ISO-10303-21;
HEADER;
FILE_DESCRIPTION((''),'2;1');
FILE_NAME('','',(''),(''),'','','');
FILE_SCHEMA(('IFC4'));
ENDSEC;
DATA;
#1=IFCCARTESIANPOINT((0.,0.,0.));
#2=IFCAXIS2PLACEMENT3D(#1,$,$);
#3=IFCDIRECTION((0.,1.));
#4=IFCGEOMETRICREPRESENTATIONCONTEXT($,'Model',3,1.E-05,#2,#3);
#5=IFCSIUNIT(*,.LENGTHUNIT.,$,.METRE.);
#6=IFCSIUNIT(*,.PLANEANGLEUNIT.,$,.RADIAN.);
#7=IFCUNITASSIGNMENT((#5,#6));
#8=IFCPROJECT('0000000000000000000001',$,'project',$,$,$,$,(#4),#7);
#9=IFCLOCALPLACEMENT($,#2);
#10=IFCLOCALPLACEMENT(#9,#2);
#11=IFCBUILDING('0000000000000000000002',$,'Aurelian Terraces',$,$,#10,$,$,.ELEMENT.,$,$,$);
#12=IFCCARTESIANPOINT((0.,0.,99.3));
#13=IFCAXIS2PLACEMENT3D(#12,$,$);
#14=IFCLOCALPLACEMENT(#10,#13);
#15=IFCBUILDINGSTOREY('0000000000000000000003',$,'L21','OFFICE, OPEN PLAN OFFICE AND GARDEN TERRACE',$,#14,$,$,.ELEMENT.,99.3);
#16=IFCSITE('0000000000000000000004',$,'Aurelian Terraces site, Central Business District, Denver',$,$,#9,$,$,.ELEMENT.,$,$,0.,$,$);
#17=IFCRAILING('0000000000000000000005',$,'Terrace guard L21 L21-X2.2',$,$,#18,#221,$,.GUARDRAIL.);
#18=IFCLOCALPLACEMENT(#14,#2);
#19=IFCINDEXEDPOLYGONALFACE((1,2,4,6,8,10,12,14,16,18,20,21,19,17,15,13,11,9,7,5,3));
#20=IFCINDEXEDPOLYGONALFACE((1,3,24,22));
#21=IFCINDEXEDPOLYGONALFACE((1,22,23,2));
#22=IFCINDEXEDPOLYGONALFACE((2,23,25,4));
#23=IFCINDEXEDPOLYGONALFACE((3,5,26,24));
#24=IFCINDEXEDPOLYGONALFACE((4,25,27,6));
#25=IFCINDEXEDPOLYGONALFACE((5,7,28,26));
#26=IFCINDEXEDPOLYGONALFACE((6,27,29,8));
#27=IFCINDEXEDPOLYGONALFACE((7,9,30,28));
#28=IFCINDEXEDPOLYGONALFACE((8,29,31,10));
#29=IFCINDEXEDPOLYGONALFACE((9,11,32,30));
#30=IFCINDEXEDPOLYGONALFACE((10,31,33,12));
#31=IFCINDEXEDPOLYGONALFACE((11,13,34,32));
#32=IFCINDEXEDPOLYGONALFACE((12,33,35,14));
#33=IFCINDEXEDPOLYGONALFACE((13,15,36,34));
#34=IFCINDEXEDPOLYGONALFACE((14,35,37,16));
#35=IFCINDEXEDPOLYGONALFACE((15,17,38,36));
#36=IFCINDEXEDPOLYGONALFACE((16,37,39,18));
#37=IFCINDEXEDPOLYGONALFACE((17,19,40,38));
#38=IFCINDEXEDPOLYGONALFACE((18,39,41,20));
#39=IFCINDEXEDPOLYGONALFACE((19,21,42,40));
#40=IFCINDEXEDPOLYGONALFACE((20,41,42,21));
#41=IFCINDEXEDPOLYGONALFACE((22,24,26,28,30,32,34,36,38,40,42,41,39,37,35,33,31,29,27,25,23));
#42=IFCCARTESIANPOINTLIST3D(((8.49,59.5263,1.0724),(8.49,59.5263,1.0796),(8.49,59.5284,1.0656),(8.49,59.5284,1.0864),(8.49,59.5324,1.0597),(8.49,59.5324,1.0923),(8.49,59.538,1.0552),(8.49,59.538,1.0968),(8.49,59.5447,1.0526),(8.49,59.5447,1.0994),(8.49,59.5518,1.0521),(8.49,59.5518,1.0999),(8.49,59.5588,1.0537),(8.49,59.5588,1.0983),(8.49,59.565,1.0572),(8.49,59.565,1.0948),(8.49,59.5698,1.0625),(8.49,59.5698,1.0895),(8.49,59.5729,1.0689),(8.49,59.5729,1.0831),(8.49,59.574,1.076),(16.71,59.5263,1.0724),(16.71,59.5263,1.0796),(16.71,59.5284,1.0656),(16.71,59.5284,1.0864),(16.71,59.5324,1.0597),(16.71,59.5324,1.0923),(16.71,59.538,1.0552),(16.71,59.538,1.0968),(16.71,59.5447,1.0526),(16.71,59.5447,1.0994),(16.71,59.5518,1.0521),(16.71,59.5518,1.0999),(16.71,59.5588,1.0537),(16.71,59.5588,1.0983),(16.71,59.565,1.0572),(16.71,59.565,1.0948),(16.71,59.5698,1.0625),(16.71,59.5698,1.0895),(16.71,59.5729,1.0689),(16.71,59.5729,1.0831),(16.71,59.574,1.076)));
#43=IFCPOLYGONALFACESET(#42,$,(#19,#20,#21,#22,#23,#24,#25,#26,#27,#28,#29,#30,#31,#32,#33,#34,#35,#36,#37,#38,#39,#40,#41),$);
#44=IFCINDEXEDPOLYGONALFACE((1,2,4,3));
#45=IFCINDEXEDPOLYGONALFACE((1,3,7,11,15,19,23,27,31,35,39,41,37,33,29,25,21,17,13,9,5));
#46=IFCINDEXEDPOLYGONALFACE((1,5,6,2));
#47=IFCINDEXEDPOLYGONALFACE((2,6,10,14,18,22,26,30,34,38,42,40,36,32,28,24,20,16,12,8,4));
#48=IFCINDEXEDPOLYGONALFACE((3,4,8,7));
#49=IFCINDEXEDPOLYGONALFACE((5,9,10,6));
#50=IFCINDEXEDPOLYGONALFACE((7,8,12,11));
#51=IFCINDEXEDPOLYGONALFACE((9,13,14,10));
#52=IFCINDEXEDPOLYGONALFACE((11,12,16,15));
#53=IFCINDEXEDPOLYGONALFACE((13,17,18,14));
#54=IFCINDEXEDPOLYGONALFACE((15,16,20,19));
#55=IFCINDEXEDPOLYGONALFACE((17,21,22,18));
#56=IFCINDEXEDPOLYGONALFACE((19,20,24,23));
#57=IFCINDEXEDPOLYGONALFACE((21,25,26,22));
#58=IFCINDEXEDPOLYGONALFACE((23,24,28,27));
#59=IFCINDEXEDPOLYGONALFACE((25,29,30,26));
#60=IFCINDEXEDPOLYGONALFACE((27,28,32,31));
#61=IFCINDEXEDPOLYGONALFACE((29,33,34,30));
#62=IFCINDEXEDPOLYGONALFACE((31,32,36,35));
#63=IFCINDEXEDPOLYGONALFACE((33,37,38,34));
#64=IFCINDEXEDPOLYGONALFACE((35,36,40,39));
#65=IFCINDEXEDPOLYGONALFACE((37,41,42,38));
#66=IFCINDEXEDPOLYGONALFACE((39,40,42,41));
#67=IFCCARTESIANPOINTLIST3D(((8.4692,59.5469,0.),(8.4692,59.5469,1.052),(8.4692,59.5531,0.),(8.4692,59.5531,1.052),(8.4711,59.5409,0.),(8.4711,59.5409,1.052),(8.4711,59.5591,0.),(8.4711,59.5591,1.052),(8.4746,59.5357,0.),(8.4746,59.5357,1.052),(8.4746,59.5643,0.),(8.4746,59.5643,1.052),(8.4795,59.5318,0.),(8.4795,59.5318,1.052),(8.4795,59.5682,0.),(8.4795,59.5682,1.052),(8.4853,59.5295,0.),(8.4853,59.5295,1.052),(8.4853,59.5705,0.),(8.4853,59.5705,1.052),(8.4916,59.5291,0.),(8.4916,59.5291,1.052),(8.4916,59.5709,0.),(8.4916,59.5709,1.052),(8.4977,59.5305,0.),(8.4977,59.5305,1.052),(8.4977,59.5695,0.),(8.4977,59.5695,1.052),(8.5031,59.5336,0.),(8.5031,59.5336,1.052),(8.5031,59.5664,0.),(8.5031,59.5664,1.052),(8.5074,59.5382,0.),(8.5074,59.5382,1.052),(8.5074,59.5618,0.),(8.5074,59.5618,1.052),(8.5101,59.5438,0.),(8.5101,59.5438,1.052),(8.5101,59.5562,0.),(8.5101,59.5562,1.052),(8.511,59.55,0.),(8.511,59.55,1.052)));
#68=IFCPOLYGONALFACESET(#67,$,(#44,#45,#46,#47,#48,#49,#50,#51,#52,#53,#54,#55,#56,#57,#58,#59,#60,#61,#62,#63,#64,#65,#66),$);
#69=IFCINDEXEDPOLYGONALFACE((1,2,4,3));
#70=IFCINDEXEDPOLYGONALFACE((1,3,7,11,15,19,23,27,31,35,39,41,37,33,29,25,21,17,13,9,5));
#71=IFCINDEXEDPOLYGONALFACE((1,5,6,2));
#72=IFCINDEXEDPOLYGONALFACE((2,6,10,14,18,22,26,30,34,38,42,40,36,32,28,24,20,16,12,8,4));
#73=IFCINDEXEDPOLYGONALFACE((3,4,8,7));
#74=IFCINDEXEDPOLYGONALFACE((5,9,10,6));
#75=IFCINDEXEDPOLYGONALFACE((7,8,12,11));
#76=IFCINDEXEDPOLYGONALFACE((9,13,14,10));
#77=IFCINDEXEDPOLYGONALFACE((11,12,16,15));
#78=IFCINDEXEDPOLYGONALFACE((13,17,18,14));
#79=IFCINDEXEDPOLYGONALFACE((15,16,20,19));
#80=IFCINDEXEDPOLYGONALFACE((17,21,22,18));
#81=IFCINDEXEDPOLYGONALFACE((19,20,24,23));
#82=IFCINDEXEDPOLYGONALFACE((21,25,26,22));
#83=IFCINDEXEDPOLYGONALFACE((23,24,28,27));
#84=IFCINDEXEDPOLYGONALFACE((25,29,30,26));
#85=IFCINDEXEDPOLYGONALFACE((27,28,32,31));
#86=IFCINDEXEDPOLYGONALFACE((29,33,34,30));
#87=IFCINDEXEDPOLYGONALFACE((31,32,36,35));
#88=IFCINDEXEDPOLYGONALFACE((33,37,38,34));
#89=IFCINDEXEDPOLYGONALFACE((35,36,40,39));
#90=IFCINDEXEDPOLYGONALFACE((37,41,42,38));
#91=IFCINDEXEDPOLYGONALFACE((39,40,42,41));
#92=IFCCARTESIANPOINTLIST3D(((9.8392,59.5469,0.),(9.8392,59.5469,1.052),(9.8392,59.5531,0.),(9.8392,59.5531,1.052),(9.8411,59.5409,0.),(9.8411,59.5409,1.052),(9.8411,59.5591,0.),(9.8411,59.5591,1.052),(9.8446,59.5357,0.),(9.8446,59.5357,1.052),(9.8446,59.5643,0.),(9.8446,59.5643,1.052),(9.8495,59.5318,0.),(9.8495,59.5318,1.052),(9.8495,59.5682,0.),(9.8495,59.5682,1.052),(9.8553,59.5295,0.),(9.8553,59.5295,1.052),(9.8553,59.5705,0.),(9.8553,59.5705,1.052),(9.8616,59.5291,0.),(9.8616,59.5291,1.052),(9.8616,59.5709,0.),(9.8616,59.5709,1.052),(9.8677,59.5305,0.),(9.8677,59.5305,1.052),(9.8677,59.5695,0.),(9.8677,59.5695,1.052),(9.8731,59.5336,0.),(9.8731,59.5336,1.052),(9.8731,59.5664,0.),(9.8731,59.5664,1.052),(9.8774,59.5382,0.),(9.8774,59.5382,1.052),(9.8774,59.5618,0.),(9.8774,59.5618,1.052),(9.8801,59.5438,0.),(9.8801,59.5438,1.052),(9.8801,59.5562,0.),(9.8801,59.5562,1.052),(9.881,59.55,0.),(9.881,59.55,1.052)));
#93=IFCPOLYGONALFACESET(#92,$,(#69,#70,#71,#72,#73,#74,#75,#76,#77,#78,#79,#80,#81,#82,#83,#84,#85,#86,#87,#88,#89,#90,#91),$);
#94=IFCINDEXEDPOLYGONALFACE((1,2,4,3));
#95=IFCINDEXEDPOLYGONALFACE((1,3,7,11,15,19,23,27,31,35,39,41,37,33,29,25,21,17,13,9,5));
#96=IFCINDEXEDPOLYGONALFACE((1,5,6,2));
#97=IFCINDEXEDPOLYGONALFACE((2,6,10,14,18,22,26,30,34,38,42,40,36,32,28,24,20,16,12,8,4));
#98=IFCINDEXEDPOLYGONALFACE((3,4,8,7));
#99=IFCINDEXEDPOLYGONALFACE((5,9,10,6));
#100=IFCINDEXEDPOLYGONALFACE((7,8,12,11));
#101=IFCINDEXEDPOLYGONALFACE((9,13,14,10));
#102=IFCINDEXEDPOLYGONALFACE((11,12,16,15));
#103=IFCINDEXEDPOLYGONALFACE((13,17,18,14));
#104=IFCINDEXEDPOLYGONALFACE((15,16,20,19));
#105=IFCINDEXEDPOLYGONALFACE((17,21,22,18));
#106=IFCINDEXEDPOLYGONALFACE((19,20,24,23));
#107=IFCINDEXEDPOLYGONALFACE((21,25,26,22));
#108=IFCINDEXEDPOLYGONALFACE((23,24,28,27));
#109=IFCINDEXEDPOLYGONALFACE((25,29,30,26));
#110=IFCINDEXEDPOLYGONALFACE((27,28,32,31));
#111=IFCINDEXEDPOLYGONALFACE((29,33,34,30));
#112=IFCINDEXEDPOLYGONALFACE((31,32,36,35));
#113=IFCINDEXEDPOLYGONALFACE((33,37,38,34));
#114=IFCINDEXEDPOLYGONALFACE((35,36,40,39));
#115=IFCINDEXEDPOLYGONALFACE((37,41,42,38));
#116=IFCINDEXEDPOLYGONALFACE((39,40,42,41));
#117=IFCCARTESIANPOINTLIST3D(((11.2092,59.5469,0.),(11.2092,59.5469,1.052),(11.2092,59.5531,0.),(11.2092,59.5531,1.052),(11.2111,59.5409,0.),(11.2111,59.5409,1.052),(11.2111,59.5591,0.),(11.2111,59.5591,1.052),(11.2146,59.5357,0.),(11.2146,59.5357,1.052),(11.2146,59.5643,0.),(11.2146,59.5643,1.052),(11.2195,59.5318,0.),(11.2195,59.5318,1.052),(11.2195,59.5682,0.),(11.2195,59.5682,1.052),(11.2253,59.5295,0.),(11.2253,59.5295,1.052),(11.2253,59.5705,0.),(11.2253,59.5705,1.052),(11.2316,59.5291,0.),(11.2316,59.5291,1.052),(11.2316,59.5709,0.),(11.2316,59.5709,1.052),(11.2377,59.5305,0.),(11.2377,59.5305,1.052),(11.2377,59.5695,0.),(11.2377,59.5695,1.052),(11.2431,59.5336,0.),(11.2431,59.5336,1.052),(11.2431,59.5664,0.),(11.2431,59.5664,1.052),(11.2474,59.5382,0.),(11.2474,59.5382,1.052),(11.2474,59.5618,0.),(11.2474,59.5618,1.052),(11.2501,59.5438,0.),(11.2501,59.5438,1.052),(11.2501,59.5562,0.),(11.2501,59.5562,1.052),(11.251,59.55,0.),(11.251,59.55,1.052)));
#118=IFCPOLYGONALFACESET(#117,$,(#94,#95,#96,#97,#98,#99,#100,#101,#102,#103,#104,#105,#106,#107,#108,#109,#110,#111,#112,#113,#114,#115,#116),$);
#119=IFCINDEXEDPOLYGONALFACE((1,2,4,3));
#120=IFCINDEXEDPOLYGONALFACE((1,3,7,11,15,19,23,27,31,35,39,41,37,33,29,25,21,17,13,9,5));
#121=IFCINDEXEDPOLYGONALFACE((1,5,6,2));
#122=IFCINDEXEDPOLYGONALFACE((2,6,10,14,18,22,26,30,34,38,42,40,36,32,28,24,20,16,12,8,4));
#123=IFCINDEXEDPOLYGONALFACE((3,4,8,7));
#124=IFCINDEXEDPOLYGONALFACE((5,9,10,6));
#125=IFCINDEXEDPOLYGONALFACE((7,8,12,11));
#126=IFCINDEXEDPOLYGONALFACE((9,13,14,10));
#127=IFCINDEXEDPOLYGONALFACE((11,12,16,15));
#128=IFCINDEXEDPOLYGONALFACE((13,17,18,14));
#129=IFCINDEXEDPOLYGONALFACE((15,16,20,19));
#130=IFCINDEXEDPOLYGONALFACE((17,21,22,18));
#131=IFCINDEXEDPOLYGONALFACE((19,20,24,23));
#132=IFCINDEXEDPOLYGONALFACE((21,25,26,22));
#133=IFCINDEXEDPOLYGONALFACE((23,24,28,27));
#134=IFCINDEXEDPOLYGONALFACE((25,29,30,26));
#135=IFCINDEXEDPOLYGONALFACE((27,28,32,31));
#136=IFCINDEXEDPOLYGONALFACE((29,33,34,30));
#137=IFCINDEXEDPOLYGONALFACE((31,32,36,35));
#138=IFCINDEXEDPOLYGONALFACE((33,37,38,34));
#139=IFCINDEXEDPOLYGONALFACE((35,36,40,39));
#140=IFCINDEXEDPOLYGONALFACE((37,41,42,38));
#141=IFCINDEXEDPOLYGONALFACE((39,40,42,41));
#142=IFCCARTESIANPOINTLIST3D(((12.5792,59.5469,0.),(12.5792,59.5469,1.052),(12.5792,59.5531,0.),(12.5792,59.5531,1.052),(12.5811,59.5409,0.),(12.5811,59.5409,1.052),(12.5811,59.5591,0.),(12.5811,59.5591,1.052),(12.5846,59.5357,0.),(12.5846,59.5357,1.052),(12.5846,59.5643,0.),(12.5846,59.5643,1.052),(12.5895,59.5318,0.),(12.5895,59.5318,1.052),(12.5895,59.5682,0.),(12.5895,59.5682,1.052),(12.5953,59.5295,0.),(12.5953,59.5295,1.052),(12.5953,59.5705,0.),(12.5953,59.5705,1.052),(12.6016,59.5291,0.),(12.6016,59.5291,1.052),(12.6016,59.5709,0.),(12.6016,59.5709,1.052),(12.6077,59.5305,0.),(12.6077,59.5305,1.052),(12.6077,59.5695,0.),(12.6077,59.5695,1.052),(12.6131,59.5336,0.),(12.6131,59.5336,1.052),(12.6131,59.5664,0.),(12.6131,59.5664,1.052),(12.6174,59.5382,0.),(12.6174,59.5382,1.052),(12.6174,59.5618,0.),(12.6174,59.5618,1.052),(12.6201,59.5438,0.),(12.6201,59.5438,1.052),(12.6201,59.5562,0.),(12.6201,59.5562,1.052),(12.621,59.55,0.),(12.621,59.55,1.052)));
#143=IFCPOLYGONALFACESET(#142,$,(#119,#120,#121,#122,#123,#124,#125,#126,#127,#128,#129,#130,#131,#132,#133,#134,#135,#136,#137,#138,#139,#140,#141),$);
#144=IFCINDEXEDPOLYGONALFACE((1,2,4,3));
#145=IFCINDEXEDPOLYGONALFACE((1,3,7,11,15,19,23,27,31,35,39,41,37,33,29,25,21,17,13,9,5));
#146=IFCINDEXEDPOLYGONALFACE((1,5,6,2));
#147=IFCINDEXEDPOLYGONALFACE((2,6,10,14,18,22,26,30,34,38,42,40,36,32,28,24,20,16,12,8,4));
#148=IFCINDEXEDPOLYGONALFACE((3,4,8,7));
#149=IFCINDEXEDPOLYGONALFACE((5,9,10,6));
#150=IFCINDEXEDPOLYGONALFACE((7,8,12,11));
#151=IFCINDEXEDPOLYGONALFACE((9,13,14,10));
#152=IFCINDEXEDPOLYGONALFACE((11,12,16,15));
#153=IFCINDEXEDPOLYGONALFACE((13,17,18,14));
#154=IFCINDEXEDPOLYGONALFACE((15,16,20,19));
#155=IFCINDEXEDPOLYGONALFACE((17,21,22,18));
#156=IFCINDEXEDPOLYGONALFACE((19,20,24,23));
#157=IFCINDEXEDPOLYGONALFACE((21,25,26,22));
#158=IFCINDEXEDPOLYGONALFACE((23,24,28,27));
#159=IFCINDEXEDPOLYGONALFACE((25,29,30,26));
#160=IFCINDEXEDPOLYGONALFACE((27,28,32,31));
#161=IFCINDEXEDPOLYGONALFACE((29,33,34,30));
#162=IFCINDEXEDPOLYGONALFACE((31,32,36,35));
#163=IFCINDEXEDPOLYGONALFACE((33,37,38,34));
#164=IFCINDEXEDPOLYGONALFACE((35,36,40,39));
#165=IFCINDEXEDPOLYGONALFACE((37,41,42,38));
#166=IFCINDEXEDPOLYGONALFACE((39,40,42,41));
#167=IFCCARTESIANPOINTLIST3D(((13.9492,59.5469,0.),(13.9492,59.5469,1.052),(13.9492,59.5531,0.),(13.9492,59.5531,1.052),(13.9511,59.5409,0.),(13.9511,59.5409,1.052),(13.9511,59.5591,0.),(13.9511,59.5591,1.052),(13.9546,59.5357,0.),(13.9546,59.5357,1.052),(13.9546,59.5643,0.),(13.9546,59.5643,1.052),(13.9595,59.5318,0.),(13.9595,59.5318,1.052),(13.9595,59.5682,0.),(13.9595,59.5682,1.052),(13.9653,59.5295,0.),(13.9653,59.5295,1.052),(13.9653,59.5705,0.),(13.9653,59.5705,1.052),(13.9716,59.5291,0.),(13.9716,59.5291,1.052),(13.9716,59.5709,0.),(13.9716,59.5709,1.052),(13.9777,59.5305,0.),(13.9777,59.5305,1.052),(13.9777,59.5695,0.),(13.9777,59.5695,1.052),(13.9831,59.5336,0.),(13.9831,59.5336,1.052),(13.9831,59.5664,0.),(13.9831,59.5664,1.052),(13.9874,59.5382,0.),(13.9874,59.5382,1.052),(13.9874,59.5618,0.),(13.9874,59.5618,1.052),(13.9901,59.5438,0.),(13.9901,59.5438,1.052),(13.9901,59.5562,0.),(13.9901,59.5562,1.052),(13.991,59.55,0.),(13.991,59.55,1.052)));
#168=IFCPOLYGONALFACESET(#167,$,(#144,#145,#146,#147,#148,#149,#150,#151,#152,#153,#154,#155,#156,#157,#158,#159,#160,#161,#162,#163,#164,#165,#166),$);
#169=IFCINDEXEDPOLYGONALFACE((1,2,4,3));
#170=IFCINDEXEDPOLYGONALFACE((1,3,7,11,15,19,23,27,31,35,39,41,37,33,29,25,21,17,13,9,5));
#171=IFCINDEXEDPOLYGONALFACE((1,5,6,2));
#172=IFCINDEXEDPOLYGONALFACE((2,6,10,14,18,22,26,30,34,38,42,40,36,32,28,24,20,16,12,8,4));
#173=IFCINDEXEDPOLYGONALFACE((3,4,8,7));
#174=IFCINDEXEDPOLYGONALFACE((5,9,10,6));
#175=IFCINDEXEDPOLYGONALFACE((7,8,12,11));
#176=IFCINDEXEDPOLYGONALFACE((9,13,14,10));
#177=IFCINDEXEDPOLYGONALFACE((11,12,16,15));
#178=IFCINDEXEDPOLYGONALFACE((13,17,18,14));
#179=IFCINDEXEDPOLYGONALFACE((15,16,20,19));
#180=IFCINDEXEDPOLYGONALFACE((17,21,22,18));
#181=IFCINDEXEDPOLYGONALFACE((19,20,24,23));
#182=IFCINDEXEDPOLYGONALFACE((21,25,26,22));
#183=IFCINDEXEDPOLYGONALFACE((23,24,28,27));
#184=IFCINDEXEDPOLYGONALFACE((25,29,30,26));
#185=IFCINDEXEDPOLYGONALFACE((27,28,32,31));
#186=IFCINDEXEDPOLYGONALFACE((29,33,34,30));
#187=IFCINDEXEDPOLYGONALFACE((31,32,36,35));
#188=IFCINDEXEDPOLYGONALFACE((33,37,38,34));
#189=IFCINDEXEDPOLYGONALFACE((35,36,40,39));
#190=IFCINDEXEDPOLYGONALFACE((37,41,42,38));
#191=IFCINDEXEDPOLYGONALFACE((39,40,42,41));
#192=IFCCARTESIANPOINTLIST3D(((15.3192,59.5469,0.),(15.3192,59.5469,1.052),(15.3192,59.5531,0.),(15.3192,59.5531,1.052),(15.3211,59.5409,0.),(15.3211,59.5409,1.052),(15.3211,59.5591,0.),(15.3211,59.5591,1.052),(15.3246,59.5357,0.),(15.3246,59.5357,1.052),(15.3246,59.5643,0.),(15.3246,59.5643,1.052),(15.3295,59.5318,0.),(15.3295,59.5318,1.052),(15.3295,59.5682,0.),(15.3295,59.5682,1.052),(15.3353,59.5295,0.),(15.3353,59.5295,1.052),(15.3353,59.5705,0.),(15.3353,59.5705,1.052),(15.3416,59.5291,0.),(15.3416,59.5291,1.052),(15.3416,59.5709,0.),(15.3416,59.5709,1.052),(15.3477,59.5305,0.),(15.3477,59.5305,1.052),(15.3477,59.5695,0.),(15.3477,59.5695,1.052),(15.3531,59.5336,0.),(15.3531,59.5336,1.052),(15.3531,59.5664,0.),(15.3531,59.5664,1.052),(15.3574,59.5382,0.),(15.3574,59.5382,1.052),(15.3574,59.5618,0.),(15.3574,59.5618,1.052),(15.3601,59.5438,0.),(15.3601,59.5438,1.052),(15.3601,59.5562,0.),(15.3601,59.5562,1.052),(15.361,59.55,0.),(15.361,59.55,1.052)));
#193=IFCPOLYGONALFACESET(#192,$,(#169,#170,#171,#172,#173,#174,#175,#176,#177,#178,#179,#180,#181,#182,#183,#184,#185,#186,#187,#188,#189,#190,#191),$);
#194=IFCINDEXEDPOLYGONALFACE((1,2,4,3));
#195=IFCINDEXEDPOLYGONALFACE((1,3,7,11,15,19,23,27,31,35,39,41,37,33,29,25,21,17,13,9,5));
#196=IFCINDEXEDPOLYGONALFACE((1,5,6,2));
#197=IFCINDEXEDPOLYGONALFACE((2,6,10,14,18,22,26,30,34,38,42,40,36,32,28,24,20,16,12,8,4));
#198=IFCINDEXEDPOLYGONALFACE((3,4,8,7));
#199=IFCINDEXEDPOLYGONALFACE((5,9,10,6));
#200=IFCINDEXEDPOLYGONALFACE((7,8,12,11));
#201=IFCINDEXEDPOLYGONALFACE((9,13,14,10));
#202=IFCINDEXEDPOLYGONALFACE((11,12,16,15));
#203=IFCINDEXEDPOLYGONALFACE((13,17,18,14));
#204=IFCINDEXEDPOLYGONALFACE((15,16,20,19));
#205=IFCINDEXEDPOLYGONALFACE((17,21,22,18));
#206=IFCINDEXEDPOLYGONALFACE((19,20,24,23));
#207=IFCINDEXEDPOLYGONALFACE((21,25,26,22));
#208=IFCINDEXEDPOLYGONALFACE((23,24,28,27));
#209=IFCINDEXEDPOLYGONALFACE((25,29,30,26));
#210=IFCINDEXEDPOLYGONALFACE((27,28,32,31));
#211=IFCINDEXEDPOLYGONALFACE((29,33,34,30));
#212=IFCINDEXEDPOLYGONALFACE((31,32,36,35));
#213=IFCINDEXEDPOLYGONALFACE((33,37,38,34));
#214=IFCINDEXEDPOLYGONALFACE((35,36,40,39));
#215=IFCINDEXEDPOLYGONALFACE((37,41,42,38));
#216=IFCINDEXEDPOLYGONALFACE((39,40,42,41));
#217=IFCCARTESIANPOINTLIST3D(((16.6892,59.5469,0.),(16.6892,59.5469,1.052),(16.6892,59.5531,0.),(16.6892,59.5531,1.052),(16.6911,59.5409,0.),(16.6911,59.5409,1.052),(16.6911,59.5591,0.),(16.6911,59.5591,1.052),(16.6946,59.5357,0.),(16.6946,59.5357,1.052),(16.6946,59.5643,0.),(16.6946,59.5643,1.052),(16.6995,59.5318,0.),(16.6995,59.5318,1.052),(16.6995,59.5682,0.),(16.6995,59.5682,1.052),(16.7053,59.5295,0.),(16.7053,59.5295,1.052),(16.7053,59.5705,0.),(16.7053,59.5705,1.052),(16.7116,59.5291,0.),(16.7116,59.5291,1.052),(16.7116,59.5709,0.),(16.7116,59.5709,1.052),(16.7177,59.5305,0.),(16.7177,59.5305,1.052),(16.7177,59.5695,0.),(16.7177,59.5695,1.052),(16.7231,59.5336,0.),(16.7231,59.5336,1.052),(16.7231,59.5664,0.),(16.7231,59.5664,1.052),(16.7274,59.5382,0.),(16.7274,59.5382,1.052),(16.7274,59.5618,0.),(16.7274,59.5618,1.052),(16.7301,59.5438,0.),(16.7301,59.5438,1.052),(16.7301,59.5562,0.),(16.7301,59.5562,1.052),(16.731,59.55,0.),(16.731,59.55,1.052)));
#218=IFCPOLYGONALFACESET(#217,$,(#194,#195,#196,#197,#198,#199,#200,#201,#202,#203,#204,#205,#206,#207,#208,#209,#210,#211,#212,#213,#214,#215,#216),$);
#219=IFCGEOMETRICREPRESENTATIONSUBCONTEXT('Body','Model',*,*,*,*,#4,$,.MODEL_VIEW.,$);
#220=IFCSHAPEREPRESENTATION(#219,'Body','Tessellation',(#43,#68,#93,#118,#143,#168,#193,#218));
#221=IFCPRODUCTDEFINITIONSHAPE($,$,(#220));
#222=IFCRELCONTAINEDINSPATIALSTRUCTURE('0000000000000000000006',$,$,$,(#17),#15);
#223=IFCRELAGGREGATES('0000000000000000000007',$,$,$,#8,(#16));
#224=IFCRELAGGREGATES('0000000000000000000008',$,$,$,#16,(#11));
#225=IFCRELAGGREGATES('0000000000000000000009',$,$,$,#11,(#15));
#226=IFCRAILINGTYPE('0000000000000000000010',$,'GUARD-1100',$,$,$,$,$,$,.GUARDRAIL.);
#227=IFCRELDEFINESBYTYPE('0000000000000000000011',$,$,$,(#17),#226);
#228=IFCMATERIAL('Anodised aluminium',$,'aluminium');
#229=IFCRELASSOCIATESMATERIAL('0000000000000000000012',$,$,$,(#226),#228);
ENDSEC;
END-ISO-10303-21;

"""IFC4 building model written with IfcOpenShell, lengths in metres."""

from ifc_helpers import new_model, si_unit, direction, frame, origin, origin_2d, place, context, subcontext, project, spatial, circle, extrude, material, type_object, element, save


model = new_model("IFC4")

# Units and contexts
model_context = context("Model", 3, precision=1e-05, world=origin(), true_north=direction((0.0, 1.0)))
body_context = subcontext(model_context, "Body", "Model", "MODEL_VIEW")
ifc_project = project(units=[si_unit("LENGTHUNIT", "METRE"), si_unit("PLANEANGLEUNIT", "RADIAN")], contexts=[model_context])

# Site, building, storey
site_placement = place(None, origin())
site = spatial("IfcSite", under=ifc_project, at=site_placement, Name="Aurelian Terraces site, Central Business District, Denver", CompositionType="ELEMENT", RefElevation=0.0)
building_placement = place(site_placement, origin())
building = spatial("IfcBuilding", under=site, at=building_placement, Name="Aurelian Terraces", CompositionType="ELEMENT")
storey_placement = place(building_placement, frame((0.0, 0.0, 99.3)))
storey = spatial("IfcBuildingStorey", under=building, at=storey_placement, Name="L21", Description="OFFICE, OPEN PLAN OFFICE AND GARDEN TERRACE", CompositionType="ELEMENT", Elevation=99.3)

# Railing
ifc_material_1 = material(Name="Anodised aluminium", Category="aluminium")
railing_type = type_object("IfcRailingType", Name="GUARD-1100", PredefinedType="GUARDRAIL", material=ifc_material_1)
railing_1_placement = place(storey_placement, frame((8.49, 59.55, 0.0)))
element("IfcRailing", 1, at=railing_1_placement, inside=storey, type_object=railing_type, Name="Terrace guard L21 L21-X2.2", PredefinedType="GUARDRAIL", context=body_context, shape_type="SweptSolid", body=[
    extrude(circle(Radius=0.024, at=origin_2d()), frame((0.0, 0.0, 1.076), z_axis=(1.0, 0.0, 0.0), x_axis=(0.0, 1.0, 0.0)), (0.0, 0.0, 1.0), 8.22),
    extrude(circle(Radius=0.021, at=origin_2d()), origin(), (0.0, 0.0, 1.0), 1.052),
    extrude(circle(Radius=0.021, at=origin_2d()), frame((1.37, 0.0, 0.0)), (0.0, 0.0, 1.0), 1.052),
    extrude(circle(Radius=0.021, at=origin_2d()), frame((2.74, 0.0, 0.0)), (0.0, 0.0, 1.0), 1.052),
    extrude(circle(Radius=0.021, at=origin_2d()), frame((4.11, 0.0, 0.0)), (0.0, 0.0, 1.0), 1.052),
    extrude(circle(Radius=0.021, at=origin_2d()), frame((5.48, 0.0, 0.0)), (0.0, 0.0, 1.0), 1.052),
    extrude(circle(Radius=0.021, at=origin_2d()), frame((6.85, 0.0, 0.0)), (0.0, 0.0, 1.0), 1.052),
    extrude(circle(Radius=0.021, at=origin_2d()), frame((8.22, 0.0, 0.0)), (0.0, 0.0, 1.0), 1.052),
])

save(model, "model.ifc")
